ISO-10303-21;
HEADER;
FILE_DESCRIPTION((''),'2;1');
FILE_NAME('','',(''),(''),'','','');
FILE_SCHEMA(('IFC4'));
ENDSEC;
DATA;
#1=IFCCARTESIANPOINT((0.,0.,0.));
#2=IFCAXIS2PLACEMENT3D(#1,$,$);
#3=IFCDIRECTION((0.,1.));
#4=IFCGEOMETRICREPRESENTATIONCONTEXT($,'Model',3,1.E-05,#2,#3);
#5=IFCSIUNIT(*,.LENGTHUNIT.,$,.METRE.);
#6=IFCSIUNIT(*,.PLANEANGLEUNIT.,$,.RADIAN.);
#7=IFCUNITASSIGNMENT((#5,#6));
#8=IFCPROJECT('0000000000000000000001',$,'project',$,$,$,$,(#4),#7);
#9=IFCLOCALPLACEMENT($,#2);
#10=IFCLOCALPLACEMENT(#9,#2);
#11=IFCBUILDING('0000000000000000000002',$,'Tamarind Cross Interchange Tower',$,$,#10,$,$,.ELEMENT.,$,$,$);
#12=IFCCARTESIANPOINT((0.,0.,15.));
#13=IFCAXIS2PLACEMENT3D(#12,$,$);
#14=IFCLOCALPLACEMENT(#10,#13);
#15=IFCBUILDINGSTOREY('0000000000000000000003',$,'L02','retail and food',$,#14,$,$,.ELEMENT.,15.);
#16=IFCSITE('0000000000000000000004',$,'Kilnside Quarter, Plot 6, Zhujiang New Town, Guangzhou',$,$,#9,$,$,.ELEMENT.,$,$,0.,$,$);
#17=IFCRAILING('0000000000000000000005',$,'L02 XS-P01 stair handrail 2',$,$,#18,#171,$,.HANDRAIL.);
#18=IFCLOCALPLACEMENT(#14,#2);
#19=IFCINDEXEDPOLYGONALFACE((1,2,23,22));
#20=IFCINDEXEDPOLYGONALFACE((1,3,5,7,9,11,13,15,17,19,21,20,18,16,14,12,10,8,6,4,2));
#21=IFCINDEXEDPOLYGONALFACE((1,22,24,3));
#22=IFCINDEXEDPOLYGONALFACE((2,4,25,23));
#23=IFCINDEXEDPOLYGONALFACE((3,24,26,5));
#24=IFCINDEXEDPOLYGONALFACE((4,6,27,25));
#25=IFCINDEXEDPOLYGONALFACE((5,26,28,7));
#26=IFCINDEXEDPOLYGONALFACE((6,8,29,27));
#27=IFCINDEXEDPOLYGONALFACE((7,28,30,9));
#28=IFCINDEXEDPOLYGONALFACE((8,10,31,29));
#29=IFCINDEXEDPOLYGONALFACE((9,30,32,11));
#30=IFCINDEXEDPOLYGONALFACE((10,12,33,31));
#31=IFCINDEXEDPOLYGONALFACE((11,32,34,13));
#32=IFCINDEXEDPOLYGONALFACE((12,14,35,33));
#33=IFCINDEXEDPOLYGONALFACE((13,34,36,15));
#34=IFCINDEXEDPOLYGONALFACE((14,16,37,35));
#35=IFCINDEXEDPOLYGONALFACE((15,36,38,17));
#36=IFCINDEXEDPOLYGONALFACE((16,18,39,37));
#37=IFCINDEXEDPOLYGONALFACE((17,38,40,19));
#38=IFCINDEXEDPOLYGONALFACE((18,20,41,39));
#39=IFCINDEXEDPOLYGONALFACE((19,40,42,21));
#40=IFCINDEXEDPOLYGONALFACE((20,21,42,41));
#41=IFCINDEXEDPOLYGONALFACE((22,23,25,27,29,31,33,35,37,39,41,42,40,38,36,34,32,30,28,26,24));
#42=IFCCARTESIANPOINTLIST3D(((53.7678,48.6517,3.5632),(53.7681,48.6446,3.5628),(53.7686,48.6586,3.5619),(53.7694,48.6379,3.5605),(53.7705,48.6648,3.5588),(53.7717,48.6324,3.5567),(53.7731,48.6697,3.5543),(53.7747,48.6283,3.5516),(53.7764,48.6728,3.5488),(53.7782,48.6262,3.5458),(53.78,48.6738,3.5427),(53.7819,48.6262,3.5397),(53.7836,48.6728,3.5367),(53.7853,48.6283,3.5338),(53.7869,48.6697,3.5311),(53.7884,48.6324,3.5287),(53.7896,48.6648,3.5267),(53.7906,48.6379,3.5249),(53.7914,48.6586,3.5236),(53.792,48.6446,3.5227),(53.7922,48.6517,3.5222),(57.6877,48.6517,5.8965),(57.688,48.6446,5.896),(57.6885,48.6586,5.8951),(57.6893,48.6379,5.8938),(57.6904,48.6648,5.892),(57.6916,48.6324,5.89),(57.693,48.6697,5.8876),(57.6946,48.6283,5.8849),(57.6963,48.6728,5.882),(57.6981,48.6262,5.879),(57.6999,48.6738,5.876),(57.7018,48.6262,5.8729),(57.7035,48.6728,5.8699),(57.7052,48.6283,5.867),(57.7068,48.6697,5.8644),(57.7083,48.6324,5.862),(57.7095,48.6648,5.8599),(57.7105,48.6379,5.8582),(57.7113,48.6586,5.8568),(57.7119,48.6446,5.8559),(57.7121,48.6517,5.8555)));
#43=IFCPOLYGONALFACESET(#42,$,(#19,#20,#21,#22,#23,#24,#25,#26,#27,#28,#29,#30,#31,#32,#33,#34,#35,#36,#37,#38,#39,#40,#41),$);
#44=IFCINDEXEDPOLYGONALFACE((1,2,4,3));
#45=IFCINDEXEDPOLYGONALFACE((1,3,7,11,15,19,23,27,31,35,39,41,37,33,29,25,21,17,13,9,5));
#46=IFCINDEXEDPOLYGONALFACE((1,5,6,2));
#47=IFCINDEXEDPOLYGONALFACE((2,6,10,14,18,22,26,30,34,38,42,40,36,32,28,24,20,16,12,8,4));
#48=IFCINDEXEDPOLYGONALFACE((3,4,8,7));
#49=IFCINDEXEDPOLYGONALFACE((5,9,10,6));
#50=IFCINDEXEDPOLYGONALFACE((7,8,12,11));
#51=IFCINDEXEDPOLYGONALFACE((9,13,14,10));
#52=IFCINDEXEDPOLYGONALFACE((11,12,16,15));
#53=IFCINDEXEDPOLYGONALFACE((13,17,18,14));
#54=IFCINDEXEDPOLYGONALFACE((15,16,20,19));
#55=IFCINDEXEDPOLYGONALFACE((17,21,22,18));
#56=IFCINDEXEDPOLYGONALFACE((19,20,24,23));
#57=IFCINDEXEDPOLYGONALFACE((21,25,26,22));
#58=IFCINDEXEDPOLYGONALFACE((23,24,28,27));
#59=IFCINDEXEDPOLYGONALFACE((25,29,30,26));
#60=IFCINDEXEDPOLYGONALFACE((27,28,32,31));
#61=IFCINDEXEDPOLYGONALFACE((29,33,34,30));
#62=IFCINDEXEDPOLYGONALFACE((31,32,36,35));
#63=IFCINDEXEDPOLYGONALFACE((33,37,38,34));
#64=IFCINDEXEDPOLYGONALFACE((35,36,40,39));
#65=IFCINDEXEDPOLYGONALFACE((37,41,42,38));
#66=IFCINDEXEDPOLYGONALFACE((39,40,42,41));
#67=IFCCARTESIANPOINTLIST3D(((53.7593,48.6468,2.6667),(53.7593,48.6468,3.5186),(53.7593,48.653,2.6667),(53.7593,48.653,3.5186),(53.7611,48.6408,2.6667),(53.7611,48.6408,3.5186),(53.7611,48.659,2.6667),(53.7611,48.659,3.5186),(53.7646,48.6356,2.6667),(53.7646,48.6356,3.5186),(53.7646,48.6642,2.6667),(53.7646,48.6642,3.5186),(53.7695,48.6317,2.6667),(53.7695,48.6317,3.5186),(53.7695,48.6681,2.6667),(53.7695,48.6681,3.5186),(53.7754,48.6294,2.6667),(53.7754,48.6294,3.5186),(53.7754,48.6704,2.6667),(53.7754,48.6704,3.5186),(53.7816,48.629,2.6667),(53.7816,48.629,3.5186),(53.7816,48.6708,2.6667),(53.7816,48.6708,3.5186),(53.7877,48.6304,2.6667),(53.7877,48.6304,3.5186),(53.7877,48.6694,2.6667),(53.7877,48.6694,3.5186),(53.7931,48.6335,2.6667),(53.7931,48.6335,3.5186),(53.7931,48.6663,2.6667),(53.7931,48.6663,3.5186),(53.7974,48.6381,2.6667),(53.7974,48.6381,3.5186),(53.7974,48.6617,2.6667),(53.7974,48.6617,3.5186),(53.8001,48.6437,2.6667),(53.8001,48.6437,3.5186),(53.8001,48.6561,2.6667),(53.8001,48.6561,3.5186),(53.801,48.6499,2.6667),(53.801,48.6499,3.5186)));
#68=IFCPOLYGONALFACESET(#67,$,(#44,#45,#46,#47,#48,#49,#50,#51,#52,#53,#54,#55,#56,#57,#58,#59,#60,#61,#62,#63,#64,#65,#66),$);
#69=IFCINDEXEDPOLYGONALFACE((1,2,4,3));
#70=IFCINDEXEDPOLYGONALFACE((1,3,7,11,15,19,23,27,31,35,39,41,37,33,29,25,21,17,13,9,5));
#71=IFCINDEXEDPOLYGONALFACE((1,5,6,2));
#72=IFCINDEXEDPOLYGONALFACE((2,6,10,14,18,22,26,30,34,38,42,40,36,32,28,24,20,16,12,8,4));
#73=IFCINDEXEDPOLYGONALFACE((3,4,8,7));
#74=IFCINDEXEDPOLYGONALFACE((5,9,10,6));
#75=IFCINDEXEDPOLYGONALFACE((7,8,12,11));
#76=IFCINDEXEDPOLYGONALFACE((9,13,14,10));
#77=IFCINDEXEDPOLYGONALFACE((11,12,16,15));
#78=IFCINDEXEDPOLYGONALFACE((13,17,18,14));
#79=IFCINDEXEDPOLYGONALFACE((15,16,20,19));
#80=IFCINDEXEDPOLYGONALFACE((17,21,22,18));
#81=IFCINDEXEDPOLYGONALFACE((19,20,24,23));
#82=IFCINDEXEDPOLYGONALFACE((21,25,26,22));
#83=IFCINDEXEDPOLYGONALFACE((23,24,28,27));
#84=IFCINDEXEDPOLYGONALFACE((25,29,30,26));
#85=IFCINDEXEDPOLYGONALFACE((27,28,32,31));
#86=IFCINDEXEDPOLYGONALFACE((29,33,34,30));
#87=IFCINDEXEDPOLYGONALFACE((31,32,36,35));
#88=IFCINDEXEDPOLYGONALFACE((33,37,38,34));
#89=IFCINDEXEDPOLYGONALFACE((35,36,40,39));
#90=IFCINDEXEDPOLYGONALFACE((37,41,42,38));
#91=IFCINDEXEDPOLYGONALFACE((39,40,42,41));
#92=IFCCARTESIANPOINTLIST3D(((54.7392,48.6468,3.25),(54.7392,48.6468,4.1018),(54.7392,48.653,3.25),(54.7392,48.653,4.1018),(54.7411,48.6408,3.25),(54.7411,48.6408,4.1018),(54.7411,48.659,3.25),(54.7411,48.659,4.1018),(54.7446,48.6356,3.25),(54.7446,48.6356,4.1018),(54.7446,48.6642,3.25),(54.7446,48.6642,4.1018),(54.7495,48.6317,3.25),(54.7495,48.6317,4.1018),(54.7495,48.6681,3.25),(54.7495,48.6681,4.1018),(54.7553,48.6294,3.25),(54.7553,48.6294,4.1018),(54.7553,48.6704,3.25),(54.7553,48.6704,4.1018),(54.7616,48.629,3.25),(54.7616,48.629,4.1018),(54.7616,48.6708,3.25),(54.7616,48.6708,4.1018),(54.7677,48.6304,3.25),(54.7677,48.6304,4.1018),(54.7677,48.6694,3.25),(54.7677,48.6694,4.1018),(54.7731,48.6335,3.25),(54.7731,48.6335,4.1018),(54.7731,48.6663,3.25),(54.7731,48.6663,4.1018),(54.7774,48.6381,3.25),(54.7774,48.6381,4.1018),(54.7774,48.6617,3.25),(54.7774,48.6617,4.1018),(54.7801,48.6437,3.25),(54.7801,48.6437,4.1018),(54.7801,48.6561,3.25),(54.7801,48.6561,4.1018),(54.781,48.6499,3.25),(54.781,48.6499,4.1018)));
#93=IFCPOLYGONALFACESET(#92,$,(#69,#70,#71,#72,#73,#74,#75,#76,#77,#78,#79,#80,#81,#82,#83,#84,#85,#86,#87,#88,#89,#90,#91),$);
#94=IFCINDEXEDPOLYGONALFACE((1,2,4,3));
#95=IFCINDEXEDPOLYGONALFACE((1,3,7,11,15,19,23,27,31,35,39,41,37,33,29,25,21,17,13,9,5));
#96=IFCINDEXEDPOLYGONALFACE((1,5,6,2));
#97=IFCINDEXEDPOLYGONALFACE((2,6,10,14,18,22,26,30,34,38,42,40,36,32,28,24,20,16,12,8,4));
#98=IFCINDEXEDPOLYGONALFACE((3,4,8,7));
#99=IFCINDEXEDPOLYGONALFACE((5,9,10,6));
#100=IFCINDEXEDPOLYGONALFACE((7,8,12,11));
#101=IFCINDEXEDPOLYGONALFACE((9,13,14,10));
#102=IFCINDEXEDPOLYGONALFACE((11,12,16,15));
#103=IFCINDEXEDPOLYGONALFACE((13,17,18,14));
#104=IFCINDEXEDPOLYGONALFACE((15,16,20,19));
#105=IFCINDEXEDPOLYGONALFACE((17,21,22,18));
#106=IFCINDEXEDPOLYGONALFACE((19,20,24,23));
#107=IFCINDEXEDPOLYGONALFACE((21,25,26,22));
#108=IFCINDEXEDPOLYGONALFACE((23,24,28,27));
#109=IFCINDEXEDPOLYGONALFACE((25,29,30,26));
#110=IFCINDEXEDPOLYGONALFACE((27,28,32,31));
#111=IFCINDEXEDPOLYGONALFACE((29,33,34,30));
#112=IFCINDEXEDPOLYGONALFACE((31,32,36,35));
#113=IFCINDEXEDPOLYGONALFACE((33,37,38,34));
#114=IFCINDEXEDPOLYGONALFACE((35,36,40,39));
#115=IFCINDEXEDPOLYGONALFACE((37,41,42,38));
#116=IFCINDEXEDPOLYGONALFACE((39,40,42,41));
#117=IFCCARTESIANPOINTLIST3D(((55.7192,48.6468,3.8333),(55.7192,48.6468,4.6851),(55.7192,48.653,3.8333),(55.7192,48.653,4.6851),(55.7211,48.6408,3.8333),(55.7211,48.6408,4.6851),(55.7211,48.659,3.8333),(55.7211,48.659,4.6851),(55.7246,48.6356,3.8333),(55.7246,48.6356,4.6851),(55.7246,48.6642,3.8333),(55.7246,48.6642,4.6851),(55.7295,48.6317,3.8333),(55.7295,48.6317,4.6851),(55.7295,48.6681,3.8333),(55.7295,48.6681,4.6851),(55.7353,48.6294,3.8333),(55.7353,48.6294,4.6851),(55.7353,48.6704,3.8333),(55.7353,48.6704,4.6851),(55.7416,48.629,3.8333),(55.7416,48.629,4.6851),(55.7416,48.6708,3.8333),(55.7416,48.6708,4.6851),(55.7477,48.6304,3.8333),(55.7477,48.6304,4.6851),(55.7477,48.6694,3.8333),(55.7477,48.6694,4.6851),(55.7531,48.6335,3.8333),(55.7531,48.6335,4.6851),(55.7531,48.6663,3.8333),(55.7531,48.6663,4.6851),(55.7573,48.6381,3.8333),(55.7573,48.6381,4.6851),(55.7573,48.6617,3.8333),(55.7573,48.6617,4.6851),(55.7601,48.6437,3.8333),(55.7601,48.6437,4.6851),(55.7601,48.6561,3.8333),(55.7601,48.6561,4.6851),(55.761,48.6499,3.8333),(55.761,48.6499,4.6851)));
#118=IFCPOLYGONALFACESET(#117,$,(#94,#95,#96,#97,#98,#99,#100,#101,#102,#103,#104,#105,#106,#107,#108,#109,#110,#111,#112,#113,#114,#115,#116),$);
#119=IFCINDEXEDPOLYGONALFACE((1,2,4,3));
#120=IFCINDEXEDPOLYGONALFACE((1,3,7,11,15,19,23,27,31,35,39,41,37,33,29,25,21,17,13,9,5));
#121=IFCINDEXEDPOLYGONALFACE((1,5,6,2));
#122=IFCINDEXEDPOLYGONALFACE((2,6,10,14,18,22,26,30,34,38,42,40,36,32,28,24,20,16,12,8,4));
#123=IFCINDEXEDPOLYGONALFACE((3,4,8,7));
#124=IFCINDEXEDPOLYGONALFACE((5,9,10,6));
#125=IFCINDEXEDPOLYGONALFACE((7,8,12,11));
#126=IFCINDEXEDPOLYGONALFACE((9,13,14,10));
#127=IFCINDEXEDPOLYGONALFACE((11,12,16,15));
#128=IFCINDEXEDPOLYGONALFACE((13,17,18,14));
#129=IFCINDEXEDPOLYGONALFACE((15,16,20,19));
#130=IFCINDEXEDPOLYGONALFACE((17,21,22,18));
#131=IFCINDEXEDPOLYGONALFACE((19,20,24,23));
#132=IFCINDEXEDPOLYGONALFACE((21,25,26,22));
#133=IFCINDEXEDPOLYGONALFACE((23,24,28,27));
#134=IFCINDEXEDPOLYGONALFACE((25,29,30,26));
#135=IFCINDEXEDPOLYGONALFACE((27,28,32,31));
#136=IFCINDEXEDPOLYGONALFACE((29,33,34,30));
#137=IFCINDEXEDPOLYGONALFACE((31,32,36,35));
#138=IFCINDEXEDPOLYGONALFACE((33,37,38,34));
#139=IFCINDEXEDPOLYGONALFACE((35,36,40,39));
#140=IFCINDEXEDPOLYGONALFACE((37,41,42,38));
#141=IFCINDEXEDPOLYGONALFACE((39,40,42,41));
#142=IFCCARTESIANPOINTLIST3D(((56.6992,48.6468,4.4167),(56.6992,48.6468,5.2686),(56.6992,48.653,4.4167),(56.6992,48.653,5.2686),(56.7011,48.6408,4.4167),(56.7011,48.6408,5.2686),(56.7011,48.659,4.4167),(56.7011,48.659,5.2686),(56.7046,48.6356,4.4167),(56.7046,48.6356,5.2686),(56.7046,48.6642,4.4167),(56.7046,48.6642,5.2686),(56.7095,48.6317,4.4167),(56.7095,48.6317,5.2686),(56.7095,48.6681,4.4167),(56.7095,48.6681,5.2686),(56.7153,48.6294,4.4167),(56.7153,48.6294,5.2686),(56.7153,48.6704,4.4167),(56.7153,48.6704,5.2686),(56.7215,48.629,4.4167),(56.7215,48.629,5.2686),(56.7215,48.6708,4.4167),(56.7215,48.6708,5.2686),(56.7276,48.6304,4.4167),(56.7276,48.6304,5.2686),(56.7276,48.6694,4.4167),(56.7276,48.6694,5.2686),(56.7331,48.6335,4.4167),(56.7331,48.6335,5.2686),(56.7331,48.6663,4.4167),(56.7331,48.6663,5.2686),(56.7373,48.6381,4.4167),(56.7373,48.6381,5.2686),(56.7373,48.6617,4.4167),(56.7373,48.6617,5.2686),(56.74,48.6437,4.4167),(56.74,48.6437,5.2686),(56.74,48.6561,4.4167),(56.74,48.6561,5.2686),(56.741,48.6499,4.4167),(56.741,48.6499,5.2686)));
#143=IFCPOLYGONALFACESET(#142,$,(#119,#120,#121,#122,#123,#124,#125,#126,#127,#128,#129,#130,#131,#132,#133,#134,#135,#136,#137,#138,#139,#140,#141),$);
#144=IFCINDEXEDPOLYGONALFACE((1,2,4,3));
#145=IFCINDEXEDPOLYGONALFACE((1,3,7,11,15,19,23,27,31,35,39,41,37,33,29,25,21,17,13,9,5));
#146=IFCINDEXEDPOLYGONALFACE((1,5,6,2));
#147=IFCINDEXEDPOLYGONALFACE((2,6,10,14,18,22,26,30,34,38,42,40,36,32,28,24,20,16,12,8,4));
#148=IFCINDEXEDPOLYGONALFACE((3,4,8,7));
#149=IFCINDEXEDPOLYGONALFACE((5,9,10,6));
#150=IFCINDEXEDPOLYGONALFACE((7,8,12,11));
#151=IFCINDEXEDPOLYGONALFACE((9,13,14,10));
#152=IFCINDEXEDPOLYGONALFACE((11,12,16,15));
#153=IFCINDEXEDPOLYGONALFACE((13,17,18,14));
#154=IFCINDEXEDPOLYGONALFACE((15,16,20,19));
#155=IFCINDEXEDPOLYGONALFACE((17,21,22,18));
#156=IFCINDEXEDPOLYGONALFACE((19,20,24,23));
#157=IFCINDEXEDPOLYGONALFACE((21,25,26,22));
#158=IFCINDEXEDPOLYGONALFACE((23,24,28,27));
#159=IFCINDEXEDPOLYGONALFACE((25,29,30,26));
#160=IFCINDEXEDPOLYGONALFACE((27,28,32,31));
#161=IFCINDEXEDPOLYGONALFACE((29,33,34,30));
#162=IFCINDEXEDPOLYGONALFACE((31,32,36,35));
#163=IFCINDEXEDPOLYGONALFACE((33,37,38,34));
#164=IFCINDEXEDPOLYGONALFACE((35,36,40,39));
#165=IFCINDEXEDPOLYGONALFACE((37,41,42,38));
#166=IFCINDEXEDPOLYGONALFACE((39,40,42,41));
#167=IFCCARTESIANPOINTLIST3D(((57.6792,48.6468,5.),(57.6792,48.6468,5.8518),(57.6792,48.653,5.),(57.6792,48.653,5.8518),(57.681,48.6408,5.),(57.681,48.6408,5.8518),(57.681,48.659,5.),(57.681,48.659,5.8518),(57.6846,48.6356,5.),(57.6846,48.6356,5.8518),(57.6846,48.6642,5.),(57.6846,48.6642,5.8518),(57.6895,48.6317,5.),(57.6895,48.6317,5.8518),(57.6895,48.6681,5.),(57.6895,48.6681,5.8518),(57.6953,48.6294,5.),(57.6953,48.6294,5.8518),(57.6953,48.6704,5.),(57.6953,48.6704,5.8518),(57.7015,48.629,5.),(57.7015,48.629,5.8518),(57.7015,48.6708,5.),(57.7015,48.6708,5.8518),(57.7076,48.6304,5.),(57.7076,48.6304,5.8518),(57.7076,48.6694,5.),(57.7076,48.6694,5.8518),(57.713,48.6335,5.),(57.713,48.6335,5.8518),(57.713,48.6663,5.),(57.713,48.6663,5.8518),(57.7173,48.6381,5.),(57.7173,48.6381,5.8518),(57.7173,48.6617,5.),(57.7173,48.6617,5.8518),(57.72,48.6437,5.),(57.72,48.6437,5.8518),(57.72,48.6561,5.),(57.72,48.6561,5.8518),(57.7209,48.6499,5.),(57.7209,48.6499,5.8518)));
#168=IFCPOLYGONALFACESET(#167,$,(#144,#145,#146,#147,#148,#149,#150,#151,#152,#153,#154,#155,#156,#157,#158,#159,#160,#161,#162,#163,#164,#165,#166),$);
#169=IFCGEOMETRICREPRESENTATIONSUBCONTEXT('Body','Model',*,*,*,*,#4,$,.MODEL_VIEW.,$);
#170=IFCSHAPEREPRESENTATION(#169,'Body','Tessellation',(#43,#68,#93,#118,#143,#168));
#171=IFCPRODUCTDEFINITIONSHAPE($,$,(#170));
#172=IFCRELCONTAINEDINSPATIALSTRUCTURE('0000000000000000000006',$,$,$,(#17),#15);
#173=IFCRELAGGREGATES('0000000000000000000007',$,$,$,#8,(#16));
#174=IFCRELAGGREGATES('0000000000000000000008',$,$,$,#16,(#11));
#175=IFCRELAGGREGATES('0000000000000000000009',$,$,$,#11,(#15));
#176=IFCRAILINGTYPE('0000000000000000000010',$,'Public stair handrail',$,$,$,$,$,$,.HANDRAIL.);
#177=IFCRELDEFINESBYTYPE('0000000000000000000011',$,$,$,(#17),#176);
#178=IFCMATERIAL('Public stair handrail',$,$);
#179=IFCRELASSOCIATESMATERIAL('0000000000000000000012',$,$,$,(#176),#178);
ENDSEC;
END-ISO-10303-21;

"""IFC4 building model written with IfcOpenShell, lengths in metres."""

from ifc_helpers import new_model, si_unit, direction, frame, origin, origin_2d, place, context, subcontext, project, spatial, circle, extrude, material, type_object, element, save


model = new_model("IFC4")

# Units and contexts
model_context = context("Model", 3, precision=1e-05, world=origin(), true_north=direction((0.0, 1.0)))
body_context = subcontext(model_context, "Body", "Model", "MODEL_VIEW")
ifc_project = project(units=[si_unit("LENGTHUNIT", "METRE"), si_unit("PLANEANGLEUNIT", "RADIAN")], contexts=[model_context])

# Site, building, storey
site_placement = place(None, origin())
site = spatial("IfcSite", under=ifc_project, at=site_placement, Name="Kilnside Quarter, Plot 6, Zhujiang New Town, Guangzhou", CompositionType="ELEMENT", RefElevation=0.0)
building_placement = place(site_placement, origin())
building = spatial("IfcBuilding", under=site, at=building_placement, Name="Tamarind Cross Interchange Tower", CompositionType="ELEMENT")
storey_placement = place(building_placement, frame((0.0, 0.0, 15.0)))
storey = spatial("IfcBuildingStorey", under=building, at=storey_placement, Name="L02", Description="retail and food", CompositionType="ELEMENT", Elevation=15.0)

# Railing
ifc_material_1 = material(Name="Public stair handrail")
railing_type_1 = type_object("IfcRailingType", Name="Public stair handrail", PredefinedType="HANDRAIL", material=ifc_material_1)
railing_1_placement = place(storey_placement, frame((53.78, 48.6499, 2.6667)))
element("IfcRailing", 1, at=railing_1_placement, inside=storey, type_object=railing_type_1, Name="L02 XS-P01 stair handrail 2", PredefinedType="HANDRAIL", context=body_context, shape_type="SweptSolid", body=[
    extrude(circle(Radius=0.0239, at=origin_2d()), frame((0.0, 0.0, 0.876), z_axis=(0.859296, 0.0, 0.511478), x_axis=(0.0, 1.0, 0.0)), (0.0, 0.0, 1.0), 4.5618),
    extrude(circle(Radius=0.021, at=origin_2d()), origin(), (0.0, 0.0, 1.0), 0.8518),
    extrude(circle(Radius=0.021, at=origin_2d()), frame((0.98, 0.0, 0.5833)), (0.0, 0.0, 1.0), 0.8518),
    extrude(circle(Radius=0.021, at=origin_2d()), frame((1.96, 0.0, 1.1665)), (0.0, 0.0, 1.0), 0.8518),
    extrude(circle(Radius=0.021, at=origin_2d()), frame((2.9399, 0.0, 1.75)), (0.0, 0.0, 1.0), 0.8518),
    extrude(circle(Radius=0.021, at=origin_2d()), frame((3.9199, 0.0, 2.3333)), (0.0, 0.0, 1.0), 0.8518),
])

save(model, "model.ifc")
